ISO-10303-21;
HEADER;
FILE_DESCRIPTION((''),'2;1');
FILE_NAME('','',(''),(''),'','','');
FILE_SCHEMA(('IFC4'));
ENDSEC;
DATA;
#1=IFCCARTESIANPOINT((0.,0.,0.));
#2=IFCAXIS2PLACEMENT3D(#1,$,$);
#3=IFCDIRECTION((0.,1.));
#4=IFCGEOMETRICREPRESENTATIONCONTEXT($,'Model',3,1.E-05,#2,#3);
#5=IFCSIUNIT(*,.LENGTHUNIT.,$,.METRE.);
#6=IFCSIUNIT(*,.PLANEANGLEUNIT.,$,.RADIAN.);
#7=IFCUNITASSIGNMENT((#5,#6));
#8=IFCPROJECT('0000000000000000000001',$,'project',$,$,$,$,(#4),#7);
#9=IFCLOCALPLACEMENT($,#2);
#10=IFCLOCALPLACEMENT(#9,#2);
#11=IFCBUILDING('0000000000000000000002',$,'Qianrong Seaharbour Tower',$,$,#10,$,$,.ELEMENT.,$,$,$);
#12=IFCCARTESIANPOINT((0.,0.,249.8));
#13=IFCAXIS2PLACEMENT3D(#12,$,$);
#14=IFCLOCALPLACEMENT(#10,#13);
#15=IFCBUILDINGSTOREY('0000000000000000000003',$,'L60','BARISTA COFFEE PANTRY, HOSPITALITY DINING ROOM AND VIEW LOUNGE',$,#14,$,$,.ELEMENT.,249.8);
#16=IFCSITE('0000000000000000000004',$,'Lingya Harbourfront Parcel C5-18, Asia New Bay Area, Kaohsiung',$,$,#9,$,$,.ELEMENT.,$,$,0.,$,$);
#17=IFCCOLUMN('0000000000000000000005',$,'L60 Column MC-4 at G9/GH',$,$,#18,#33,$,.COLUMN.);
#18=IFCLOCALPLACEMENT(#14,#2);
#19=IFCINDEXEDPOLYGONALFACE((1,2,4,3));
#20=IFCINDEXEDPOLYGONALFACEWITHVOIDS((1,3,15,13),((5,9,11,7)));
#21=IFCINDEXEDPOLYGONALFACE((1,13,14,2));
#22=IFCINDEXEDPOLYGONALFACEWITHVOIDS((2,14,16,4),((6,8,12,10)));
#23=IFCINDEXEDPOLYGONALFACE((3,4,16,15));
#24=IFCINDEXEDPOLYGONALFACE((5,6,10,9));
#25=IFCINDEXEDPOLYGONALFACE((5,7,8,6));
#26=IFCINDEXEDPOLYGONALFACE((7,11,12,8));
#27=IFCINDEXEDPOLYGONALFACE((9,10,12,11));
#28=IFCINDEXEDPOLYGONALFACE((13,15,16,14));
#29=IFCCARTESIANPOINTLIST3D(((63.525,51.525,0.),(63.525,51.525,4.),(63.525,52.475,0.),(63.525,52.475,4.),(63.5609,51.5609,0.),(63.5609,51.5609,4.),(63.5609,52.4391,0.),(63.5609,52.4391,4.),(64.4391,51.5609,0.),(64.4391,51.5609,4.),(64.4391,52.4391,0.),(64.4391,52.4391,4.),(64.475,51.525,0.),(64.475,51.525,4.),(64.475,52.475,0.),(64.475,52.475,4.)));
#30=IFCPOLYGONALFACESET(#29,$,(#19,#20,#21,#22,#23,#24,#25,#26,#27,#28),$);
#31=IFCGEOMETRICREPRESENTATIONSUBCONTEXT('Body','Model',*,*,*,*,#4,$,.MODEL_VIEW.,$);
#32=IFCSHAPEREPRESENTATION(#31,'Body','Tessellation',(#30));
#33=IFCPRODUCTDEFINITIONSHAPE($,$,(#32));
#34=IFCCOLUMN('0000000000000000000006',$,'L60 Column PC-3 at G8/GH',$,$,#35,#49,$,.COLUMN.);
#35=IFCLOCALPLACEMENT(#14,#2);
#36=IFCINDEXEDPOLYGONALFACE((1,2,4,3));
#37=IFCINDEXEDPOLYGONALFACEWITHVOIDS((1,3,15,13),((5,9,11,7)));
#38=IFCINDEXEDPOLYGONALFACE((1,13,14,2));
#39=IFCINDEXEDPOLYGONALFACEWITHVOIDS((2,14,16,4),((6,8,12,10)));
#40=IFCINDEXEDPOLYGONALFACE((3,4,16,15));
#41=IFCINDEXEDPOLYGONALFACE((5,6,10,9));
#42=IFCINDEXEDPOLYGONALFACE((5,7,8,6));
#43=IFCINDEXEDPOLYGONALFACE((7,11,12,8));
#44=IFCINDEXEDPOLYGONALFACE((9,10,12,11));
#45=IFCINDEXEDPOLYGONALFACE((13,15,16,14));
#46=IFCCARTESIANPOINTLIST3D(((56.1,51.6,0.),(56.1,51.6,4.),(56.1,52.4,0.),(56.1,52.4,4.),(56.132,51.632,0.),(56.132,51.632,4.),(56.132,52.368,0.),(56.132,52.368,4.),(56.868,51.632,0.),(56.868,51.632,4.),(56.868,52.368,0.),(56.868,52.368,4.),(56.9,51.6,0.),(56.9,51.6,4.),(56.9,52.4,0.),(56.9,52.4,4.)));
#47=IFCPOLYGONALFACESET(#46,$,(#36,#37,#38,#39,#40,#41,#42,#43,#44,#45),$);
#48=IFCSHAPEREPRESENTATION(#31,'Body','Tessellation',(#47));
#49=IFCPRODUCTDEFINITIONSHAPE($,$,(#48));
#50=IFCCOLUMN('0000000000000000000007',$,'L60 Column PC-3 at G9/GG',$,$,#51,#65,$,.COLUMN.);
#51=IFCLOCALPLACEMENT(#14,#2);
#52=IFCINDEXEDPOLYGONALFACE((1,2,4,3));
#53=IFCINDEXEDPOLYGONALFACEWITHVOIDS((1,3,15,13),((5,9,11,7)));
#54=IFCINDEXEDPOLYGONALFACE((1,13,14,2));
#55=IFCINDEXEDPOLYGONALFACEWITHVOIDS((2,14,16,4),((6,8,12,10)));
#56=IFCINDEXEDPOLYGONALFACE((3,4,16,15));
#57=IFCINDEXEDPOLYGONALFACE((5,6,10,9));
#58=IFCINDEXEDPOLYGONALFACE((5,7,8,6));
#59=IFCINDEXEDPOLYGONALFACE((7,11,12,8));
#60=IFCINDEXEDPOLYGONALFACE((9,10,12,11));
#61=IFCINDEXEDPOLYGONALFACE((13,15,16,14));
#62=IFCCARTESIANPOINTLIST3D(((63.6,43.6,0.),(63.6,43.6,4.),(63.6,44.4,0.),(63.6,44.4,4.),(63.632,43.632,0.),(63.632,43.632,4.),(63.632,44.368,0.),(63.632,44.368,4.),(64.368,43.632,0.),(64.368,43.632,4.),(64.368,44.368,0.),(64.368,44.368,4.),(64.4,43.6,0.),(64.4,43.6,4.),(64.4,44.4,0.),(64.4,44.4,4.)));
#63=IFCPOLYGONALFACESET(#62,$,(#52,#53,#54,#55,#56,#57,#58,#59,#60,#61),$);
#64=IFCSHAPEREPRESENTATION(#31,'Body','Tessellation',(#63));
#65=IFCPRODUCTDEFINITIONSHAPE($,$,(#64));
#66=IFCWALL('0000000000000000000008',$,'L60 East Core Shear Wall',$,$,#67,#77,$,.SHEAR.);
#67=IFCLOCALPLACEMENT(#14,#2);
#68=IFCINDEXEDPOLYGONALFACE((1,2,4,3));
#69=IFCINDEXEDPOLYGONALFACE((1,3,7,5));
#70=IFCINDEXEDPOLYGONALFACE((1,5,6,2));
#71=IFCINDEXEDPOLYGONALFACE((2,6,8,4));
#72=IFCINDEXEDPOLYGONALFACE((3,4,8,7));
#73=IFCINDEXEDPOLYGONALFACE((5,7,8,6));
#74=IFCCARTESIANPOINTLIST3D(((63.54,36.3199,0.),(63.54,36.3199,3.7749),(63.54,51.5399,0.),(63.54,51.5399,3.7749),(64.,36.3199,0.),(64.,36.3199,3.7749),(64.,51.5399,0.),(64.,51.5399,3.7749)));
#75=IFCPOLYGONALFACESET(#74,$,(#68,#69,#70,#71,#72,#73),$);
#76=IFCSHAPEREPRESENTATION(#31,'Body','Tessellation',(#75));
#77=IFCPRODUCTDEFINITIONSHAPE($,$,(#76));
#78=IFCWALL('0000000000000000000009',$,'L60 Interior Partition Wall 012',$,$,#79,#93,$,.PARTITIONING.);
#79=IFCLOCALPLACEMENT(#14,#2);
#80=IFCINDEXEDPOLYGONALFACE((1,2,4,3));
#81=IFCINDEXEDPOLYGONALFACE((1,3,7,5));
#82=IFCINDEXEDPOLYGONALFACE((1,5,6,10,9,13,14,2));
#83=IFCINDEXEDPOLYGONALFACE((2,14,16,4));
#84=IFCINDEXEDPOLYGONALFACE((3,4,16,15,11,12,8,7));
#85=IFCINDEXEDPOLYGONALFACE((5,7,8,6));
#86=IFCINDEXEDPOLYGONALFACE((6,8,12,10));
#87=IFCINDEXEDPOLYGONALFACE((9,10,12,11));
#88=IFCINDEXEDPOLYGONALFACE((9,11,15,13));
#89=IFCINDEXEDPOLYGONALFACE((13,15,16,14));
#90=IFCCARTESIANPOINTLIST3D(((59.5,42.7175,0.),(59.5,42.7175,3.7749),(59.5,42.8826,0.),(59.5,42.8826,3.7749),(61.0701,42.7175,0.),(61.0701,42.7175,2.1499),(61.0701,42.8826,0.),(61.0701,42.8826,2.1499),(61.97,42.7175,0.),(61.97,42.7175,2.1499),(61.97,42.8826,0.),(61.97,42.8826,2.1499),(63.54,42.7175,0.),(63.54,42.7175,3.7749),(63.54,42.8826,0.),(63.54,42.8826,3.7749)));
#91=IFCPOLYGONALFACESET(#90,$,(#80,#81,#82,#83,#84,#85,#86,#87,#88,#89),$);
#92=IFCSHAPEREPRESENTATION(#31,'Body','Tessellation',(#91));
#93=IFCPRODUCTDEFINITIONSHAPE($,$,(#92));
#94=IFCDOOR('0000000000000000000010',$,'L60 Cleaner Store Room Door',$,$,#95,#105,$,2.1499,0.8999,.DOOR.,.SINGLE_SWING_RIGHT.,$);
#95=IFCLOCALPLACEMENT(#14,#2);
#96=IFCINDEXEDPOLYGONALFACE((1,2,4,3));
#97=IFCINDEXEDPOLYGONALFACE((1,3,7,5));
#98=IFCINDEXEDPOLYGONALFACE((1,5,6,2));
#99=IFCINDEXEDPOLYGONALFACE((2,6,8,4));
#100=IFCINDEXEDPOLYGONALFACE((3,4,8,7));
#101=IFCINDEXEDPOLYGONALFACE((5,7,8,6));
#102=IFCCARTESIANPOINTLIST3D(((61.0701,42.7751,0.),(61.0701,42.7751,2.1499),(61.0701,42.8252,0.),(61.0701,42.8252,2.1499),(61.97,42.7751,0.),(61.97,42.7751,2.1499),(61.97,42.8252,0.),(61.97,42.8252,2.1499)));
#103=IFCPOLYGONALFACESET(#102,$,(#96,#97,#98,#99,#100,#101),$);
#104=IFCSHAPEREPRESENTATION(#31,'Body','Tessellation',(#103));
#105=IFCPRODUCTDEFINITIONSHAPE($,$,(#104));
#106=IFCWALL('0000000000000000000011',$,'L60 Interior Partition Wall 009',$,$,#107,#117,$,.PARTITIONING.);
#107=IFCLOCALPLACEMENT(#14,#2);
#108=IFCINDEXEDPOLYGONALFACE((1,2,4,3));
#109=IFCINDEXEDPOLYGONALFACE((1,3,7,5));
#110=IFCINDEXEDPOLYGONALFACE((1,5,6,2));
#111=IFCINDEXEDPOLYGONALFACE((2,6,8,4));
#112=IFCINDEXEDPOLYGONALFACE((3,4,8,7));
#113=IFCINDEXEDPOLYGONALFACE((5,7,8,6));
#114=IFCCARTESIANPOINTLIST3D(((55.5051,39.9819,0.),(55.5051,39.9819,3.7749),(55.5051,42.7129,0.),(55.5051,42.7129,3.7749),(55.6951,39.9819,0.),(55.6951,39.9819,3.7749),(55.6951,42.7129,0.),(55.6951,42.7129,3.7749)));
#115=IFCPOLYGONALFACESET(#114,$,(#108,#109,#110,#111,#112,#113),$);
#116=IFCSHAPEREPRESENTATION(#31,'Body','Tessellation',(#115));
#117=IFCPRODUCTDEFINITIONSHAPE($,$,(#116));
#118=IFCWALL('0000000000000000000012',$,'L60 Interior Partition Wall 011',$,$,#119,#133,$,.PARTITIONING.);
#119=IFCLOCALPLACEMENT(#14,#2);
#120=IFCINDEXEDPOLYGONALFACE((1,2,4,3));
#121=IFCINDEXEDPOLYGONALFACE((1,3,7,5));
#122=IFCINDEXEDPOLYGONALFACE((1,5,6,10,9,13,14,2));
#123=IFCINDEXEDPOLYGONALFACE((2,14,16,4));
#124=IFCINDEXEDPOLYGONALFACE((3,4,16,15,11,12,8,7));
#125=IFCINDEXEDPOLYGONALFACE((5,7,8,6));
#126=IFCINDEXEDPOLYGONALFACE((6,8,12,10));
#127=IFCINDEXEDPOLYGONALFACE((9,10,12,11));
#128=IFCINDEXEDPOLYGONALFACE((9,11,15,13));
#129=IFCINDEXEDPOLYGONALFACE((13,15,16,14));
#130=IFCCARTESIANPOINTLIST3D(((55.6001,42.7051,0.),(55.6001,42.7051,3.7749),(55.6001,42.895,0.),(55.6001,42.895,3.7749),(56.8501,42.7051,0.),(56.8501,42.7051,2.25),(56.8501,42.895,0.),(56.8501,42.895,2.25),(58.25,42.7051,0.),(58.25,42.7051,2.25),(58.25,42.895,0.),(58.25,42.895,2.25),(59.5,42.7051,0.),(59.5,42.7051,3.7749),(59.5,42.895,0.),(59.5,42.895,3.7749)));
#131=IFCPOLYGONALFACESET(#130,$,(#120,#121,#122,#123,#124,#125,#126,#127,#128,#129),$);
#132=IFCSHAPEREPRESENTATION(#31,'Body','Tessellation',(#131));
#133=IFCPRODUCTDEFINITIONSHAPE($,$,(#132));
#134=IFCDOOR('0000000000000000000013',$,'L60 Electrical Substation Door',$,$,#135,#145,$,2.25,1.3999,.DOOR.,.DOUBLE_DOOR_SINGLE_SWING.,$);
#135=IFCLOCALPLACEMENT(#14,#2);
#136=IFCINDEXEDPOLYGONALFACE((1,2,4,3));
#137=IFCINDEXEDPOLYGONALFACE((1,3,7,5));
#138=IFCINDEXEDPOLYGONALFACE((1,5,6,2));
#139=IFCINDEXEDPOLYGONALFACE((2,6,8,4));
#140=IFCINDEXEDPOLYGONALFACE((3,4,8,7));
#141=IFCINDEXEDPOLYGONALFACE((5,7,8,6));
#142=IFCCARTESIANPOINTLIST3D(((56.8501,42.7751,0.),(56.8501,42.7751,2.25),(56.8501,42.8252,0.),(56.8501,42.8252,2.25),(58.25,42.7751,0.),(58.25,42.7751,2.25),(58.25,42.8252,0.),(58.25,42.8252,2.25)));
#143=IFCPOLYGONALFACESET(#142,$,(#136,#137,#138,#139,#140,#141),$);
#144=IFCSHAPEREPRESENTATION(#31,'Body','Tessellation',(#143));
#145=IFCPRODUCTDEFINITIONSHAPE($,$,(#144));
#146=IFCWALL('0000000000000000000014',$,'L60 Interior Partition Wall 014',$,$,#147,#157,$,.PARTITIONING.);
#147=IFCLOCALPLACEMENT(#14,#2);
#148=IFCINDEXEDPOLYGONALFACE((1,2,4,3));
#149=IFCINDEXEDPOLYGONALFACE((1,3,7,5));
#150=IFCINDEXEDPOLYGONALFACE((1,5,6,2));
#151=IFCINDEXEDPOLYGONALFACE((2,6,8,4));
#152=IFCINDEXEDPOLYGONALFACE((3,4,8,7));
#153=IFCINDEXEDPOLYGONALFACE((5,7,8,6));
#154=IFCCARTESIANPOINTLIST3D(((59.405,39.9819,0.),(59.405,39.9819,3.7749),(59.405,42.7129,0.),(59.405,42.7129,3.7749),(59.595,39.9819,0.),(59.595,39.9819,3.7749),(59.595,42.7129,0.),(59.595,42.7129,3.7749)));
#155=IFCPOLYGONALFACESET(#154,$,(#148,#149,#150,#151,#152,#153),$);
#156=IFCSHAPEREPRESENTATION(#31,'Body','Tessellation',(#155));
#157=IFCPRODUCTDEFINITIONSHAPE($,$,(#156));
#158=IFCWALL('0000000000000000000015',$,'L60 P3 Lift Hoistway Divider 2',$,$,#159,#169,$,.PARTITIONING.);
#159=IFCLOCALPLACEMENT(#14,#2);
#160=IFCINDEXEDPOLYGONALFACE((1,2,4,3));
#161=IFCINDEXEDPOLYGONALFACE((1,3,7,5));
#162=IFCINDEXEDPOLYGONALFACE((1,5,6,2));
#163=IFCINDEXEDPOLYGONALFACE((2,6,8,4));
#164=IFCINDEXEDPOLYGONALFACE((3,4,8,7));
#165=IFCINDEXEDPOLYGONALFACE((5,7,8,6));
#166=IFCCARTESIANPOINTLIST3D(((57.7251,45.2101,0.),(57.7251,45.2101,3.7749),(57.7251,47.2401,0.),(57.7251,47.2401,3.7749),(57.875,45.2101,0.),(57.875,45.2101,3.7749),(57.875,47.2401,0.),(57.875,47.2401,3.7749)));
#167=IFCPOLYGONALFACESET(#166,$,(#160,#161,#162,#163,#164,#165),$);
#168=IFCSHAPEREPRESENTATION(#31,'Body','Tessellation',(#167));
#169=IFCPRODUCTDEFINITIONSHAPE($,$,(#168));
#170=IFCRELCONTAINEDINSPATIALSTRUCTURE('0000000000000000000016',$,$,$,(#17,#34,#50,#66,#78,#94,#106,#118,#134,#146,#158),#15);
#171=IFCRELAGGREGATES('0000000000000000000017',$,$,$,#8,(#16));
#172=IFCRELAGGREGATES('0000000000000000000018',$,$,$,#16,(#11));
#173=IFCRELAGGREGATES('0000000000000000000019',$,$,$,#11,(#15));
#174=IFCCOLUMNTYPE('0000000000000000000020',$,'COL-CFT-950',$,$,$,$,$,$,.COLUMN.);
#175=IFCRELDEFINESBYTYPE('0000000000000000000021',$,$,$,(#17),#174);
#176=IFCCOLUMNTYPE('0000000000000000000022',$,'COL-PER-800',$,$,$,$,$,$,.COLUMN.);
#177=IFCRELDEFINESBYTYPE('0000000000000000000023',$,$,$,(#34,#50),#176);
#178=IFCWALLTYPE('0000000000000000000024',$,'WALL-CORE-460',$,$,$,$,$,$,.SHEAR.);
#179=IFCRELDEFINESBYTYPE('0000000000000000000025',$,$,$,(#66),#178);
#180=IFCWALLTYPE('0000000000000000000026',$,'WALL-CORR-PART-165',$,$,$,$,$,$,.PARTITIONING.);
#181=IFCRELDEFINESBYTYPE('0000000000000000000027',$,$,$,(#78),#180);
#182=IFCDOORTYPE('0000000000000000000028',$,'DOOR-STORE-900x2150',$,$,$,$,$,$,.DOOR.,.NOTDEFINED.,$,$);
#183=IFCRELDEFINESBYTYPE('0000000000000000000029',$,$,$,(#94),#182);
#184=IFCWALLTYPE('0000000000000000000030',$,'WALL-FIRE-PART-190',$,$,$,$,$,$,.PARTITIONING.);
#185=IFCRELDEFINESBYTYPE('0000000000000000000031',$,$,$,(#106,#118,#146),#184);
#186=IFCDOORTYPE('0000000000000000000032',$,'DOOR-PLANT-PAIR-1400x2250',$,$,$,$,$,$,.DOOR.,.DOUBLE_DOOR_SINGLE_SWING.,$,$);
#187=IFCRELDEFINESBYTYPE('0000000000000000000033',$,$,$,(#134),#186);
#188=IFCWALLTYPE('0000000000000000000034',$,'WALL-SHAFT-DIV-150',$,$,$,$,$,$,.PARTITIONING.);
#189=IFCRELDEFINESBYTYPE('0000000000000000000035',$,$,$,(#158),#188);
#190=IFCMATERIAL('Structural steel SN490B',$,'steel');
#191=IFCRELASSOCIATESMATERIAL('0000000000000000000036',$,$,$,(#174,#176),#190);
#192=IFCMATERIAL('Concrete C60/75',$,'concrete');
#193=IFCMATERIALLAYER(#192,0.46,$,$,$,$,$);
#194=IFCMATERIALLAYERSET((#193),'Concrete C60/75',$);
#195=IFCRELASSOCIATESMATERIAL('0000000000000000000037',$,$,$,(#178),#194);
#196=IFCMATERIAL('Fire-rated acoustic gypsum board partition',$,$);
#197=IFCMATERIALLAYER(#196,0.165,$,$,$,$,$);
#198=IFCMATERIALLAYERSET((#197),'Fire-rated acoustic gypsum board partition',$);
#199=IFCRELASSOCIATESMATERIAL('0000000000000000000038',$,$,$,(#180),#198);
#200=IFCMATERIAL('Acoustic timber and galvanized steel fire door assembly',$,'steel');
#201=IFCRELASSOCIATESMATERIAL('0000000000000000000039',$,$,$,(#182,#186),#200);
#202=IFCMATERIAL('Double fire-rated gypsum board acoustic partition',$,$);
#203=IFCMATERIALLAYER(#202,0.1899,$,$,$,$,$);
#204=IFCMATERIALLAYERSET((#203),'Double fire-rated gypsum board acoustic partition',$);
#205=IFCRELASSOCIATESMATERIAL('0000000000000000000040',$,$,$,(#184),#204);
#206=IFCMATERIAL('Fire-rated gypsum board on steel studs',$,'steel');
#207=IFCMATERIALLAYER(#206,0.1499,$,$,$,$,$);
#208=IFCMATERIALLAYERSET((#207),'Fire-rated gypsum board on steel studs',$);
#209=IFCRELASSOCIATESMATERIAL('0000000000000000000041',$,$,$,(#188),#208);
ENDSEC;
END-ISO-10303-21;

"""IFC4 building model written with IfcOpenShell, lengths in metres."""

from ifc_helpers import new_model, si_unit, direction, frame, frame_2d, origin, origin_2d, place, context, subcontext, project, spatial, rectangle, hollow_rectangle, extrude, material, layer, layer_set, material_profile, profile_set, type_object, element, fill, save


model = new_model("IFC4")

# Units and contexts
model_context = context("Model", 3, precision=1e-05, world=origin(), true_north=direction((0.0, 1.0)))
body_context = subcontext(model_context, "Body", "Model", "MODEL_VIEW")
ifc_project = project(units=[si_unit("LENGTHUNIT", "METRE"), si_unit("PLANEANGLEUNIT", "RADIAN")], contexts=[model_context])

# Site, building, storey
site_placement = place(None, origin())
site = spatial("IfcSite", under=ifc_project, at=site_placement, Name="Lingya Harbourfront Parcel C5-18, Asia New Bay Area, Kaohsiung", CompositionType="ELEMENT", RefElevation=0.0)
building_placement = place(site_placement, origin())
building = spatial("IfcBuilding", under=site, at=building_placement, Name="Qianrong Seaharbour Tower", CompositionType="ELEMENT")
storey_placement = place(building_placement, frame((0.0, 0.0, 249.8)))
storey = spatial("IfcBuildingStorey", under=building, at=storey_placement, Name="L60", Description="BARISTA COFFEE PANTRY, HOSPITALITY DINING ROOM AND VIEW LOUNGE", CompositionType="ELEMENT", Elevation=249.8)

# Columns
ifc_material_1 = material(Name="Structural steel SN490B", Category="steel")
ifc_material_profile_1 = material_profile(ifc_material_1, hollow_rectangle(XDim=0.95, YDim=0.95, WallThickness=0.0359, at=origin_2d()), Name="BOX950x950x36")
ifc_profile_set_1 = profile_set([ifc_material_profile_1], Name="Structural steel SN490B")
column_type_1 = type_object("IfcColumnType", Name="COL-CFT-950", PredefinedType="COLUMN", material=ifc_profile_set_1)
column_placement = place(storey_placement, frame((64.0, 52.0, 0.0), z_axis=(0.0, 0.0, 1.0), x_axis=(1.0, 0.0, 0.0)))
element("IfcColumn", 1, at=column_placement, inside=storey, type_object=column_type_1, Name="L60 Column MC-4 at G9/GH", PredefinedType="COLUMN", context=body_context, shape_type="SweptSolid", body=[
    extrude(hollow_rectangle(XDim=0.95, YDim=0.95, WallThickness=0.0359, at=origin_2d()), origin(), (0.0, 0.0, 1.0), 4.0),
])
ifc_material_profile_2 = material_profile(ifc_material_1, hollow_rectangle(XDim=0.8, YDim=0.8, WallThickness=0.032, at=origin_2d()), Name="BOX800x800x32")
ifc_profile_set_2 = profile_set([ifc_material_profile_2], Name="Structural steel SN490B")
column_type_2 = type_object("IfcColumnType", Name="COL-PER-800", PredefinedType="COLUMN", material=ifc_profile_set_2)
for number, where, z_axis, x_axis, name in (
    (2, (56.5, 52.0, 0.0), (0.0, 0.0, 1.0), (1.0, 0.0, 0.0), "L60 Column PC-3 at G8/GH"),
    (3, (64.0, 44.0, 0.0), (0.0, 0.0, 1.0), (1.0, 0.0, 0.0), "L60 Column PC-3 at G9/GG"),
):
    element("IfcColumn", number, at=place(storey_placement, frame(where, z_axis=z_axis, x_axis=x_axis)), inside=storey, type_object=column_type_2, Name=name, PredefinedType="COLUMN", context=body_context, shape_type="SweptSolid", body=[
        extrude(hollow_rectangle(XDim=0.8, YDim=0.8, WallThickness=0.032, at=origin_2d()), origin(), (0.0, 0.0, 1.0), 4.0),
    ])

# Wall
ifc_material_2 = material(Name="Concrete C60/75", Category="concrete")
ifc_layer_1 = layer(ifc_material_2, 0.46)
ifc_layer_set_1 = layer_set([ifc_layer_1], Name="Concrete C60/75")
wall_type_1 = type_object("IfcWallType", Name="WALL-CORE-460", PredefinedType="SHEAR", material=ifc_layer_set_1)
wall_1_placement = place(storey_placement, frame((63.77, 36.3201, 0.0), z_axis=(0.0, 0.0, 1.0), x_axis=(0.0, 1.0, 0.0)))
element("IfcWall", 4, at=wall_1_placement, inside=storey, type_object=wall_type_1, Name="L60 East Core Shear Wall", PredefinedType="SHEAR", context=body_context, shape_type="SweptSolid", body=[
    extrude(rectangle(XDim=15.22, YDim=0.46, at=frame_2d((7.6099, 0.0))), origin(), (0.0, 0.0, 1.0), 3.7749),
])

# Wall, opening, door
ifc_material_3 = material(Name="Fire-rated acoustic gypsum board partition")
ifc_layer_2 = layer(ifc_material_3, 0.165)
ifc_layer_set_2 = layer_set([ifc_layer_2], Name="Fire-rated acoustic gypsum board partition")
wall_type_2 = type_object("IfcWallType", Name="WALL-CORR-PART-165", PredefinedType="PARTITIONING", material=ifc_layer_set_2)
wall_2_placement = place(storey_placement, frame((63.54, 42.8, 0.0), z_axis=(0.0, 0.0, 1.0), x_axis=(-1.0, 0.0, 0.0)))
wall_2 = element("IfcWall", 5, at=wall_2_placement, inside=storey, type_object=wall_type_2, Name="L60 Interior Partition Wall 012", PredefinedType="PARTITIONING", context=body_context, shape_type="SweptSolid", body=[
    extrude(rectangle(XDim=4.04, YDim=0.165, at=frame_2d((2.02, 0.0))), origin(), (0.0, 0.0, 1.0), 3.7749),
])
opening_1_placement = place(wall_2_placement, frame((1.5701, 0.0, 0.0)))
opening_1 = element("IfcOpeningElement", 6, at=opening_1_placement, cuts=wall_2, PredefinedType="OPENING", context=body_context, shape_type="SweptSolid", body=[
    extrude(rectangle(XDim=0.8999, YDim=2.1499, at=frame_2d((0.45, 1.075))), frame((0.0, 0.0925, 0.0), z_axis=(0.0, -1.0, 0.0), x_axis=(1.0, 0.0, 0.0)), (0.0, 0.0, 1.0), 0.1851),
])
ifc_material_4 = material(Name="Acoustic timber and galvanized steel fire door assembly", Category="steel")
door_type_1 = type_object("IfcDoorType", Name="DOOR-STORE-900x2150", OperationType="NOTDEFINED", PredefinedType="DOOR", material=ifc_material_4)
door_1_placement = place(opening_1_placement, origin())
door_1 = element("IfcDoor", 7, at=door_1_placement, inside=storey, type_object=door_type_1, Name="L60 Cleaner Store Room Door", OperationType="SINGLE_SWING_RIGHT", OverallHeight=2.1499, OverallWidth=0.8999, PredefinedType="DOOR", context=body_context, shape_type="SweptSolid", body=[
    extrude(rectangle(XDim=0.8999, YDim=2.1499, at=frame_2d((0.45, 1.075))), frame((0.0, 0.0249, 0.0), z_axis=(0.0, -1.0, 0.0), x_axis=(1.0, 0.0, 0.0)), (0.0, 0.0, 1.0), 0.05),
])
fill(opening_1, door_1)

# Wall
ifc_material_5 = material(Name="Double fire-rated gypsum board acoustic partition")
ifc_layer_3 = layer(ifc_material_5, 0.1899)
ifc_layer_set_3 = layer_set([ifc_layer_3], Name="Double fire-rated gypsum board acoustic partition")
wall_type_3 = type_object("IfcWallType", Name="WALL-FIRE-PART-190", PredefinedType="PARTITIONING", material=ifc_layer_set_3)
wall_3_placement = place(storey_placement, frame((55.6001, 42.7129, 0.0), z_axis=(0.0, 0.0, 1.0), x_axis=(0.0, -1.0, 0.0)))
element("IfcWall", 8, at=wall_3_placement, inside=storey, type_object=wall_type_3, Name="L60 Interior Partition Wall 009", PredefinedType="PARTITIONING", context=body_context, shape_type="SweptSolid", body=[
    extrude(rectangle(XDim=2.731, YDim=0.1899, at=frame_2d((1.3655, 0.0))), origin(), (0.0, 0.0, 1.0), 3.7749),
])

# Wall, opening, door
wall_4_placement = place(storey_placement, frame((59.5, 42.8, 0.0), z_axis=(0.0, 0.0, 1.0), x_axis=(-1.0, 0.0, 0.0)))
wall_4 = element("IfcWall", 9, at=wall_4_placement, inside=storey, type_object=wall_type_3, Name="L60 Interior Partition Wall 011", PredefinedType="PARTITIONING", context=body_context, shape_type="SweptSolid", body=[
    extrude(rectangle(XDim=3.8999, YDim=0.1899, at=frame_2d((1.95, 0.0))), origin(), (0.0, 0.0, 1.0), 3.7749),
])
opening_2_placement = place(wall_4_placement, frame((1.25, 0.0, 0.0)))
opening_2 = element("IfcOpeningElement", 10, at=opening_2_placement, cuts=wall_4, PredefinedType="OPENING", context=body_context, shape_type="SweptSolid", body=[
    extrude(rectangle(XDim=1.3999, YDim=2.25, at=frame_2d((0.7, 1.125))), frame((0.0, 0.105, 0.0), z_axis=(0.0, -1.0, 0.0), x_axis=(1.0, 0.0, 0.0)), (0.0, 0.0, 1.0), 0.21),
])
door_type_2 = type_object("IfcDoorType", Name="DOOR-PLANT-PAIR-1400x2250", OperationType="DOUBLE_DOOR_SINGLE_SWING", PredefinedType="DOOR", material=ifc_material_4)
door_2_placement = place(opening_2_placement, origin())
door_2 = element("IfcDoor", 11, at=door_2_placement, inside=storey, type_object=door_type_2, Name="L60 Electrical Substation Door", OperationType="DOUBLE_DOOR_SINGLE_SWING", OverallHeight=2.25, OverallWidth=1.3999, PredefinedType="DOOR", context=body_context, shape_type="SweptSolid", body=[
    extrude(rectangle(XDim=1.3999, YDim=2.25, at=frame_2d((0.7, 1.125))), frame((0.0, 0.0249, 0.0), z_axis=(0.0, -1.0, 0.0), x_axis=(1.0, 0.0, 0.0)), (0.0, 0.0, 1.0), 0.05),
])
fill(opening_2, door_2)

# Walls
wall_5_placement = place(storey_placement, frame((59.5, 42.7129, 0.0), z_axis=(0.0, 0.0, 1.0), x_axis=(0.0, -1.0, 0.0)))
element("IfcWall", 12, at=wall_5_placement, inside=storey, type_object=wall_type_3, Name="L60 Interior Partition Wall 014", PredefinedType="PARTITIONING", context=body_context, shape_type="SweptSolid", body=[
    extrude(rectangle(XDim=2.731, YDim=0.1899, at=frame_2d((1.3655, 0.0))), origin(), (0.0, 0.0, 1.0), 3.7749),
])
ifc_material_6 = material(Name="Fire-rated gypsum board on steel studs", Category="steel")
ifc_layer_4 = layer(ifc_material_6, 0.1499)
ifc_layer_set_4 = layer_set([ifc_layer_4], Name="Fire-rated gypsum board on steel studs")
wall_type_4 = type_object("IfcWallType", Name="WALL-SHAFT-DIV-150", PredefinedType="PARTITIONING", material=ifc_layer_set_4)
for number, where, z_axis, x_axis, name in (
    (13, (57.8, 45.21, 0.0), (0.0, 0.0, 1.0), (0.0, 1.0, 0.0), "L60 P3 Lift Hoistway Divider 2"),
):
    element("IfcWall", number, at=place(storey_placement, frame(where, z_axis=z_axis, x_axis=x_axis)), inside=storey, type_object=wall_type_4, Name=name, PredefinedType="PARTITIONING", context=body_context, shape_type="SweptSolid", body=[
        extrude(rectangle(XDim=2.03, YDim=0.1499, at=frame_2d((1.0151, 0.0))), origin(), (0.0, 0.0, 1.0), 3.7749),
    ])

save(model, "model.ifc")
